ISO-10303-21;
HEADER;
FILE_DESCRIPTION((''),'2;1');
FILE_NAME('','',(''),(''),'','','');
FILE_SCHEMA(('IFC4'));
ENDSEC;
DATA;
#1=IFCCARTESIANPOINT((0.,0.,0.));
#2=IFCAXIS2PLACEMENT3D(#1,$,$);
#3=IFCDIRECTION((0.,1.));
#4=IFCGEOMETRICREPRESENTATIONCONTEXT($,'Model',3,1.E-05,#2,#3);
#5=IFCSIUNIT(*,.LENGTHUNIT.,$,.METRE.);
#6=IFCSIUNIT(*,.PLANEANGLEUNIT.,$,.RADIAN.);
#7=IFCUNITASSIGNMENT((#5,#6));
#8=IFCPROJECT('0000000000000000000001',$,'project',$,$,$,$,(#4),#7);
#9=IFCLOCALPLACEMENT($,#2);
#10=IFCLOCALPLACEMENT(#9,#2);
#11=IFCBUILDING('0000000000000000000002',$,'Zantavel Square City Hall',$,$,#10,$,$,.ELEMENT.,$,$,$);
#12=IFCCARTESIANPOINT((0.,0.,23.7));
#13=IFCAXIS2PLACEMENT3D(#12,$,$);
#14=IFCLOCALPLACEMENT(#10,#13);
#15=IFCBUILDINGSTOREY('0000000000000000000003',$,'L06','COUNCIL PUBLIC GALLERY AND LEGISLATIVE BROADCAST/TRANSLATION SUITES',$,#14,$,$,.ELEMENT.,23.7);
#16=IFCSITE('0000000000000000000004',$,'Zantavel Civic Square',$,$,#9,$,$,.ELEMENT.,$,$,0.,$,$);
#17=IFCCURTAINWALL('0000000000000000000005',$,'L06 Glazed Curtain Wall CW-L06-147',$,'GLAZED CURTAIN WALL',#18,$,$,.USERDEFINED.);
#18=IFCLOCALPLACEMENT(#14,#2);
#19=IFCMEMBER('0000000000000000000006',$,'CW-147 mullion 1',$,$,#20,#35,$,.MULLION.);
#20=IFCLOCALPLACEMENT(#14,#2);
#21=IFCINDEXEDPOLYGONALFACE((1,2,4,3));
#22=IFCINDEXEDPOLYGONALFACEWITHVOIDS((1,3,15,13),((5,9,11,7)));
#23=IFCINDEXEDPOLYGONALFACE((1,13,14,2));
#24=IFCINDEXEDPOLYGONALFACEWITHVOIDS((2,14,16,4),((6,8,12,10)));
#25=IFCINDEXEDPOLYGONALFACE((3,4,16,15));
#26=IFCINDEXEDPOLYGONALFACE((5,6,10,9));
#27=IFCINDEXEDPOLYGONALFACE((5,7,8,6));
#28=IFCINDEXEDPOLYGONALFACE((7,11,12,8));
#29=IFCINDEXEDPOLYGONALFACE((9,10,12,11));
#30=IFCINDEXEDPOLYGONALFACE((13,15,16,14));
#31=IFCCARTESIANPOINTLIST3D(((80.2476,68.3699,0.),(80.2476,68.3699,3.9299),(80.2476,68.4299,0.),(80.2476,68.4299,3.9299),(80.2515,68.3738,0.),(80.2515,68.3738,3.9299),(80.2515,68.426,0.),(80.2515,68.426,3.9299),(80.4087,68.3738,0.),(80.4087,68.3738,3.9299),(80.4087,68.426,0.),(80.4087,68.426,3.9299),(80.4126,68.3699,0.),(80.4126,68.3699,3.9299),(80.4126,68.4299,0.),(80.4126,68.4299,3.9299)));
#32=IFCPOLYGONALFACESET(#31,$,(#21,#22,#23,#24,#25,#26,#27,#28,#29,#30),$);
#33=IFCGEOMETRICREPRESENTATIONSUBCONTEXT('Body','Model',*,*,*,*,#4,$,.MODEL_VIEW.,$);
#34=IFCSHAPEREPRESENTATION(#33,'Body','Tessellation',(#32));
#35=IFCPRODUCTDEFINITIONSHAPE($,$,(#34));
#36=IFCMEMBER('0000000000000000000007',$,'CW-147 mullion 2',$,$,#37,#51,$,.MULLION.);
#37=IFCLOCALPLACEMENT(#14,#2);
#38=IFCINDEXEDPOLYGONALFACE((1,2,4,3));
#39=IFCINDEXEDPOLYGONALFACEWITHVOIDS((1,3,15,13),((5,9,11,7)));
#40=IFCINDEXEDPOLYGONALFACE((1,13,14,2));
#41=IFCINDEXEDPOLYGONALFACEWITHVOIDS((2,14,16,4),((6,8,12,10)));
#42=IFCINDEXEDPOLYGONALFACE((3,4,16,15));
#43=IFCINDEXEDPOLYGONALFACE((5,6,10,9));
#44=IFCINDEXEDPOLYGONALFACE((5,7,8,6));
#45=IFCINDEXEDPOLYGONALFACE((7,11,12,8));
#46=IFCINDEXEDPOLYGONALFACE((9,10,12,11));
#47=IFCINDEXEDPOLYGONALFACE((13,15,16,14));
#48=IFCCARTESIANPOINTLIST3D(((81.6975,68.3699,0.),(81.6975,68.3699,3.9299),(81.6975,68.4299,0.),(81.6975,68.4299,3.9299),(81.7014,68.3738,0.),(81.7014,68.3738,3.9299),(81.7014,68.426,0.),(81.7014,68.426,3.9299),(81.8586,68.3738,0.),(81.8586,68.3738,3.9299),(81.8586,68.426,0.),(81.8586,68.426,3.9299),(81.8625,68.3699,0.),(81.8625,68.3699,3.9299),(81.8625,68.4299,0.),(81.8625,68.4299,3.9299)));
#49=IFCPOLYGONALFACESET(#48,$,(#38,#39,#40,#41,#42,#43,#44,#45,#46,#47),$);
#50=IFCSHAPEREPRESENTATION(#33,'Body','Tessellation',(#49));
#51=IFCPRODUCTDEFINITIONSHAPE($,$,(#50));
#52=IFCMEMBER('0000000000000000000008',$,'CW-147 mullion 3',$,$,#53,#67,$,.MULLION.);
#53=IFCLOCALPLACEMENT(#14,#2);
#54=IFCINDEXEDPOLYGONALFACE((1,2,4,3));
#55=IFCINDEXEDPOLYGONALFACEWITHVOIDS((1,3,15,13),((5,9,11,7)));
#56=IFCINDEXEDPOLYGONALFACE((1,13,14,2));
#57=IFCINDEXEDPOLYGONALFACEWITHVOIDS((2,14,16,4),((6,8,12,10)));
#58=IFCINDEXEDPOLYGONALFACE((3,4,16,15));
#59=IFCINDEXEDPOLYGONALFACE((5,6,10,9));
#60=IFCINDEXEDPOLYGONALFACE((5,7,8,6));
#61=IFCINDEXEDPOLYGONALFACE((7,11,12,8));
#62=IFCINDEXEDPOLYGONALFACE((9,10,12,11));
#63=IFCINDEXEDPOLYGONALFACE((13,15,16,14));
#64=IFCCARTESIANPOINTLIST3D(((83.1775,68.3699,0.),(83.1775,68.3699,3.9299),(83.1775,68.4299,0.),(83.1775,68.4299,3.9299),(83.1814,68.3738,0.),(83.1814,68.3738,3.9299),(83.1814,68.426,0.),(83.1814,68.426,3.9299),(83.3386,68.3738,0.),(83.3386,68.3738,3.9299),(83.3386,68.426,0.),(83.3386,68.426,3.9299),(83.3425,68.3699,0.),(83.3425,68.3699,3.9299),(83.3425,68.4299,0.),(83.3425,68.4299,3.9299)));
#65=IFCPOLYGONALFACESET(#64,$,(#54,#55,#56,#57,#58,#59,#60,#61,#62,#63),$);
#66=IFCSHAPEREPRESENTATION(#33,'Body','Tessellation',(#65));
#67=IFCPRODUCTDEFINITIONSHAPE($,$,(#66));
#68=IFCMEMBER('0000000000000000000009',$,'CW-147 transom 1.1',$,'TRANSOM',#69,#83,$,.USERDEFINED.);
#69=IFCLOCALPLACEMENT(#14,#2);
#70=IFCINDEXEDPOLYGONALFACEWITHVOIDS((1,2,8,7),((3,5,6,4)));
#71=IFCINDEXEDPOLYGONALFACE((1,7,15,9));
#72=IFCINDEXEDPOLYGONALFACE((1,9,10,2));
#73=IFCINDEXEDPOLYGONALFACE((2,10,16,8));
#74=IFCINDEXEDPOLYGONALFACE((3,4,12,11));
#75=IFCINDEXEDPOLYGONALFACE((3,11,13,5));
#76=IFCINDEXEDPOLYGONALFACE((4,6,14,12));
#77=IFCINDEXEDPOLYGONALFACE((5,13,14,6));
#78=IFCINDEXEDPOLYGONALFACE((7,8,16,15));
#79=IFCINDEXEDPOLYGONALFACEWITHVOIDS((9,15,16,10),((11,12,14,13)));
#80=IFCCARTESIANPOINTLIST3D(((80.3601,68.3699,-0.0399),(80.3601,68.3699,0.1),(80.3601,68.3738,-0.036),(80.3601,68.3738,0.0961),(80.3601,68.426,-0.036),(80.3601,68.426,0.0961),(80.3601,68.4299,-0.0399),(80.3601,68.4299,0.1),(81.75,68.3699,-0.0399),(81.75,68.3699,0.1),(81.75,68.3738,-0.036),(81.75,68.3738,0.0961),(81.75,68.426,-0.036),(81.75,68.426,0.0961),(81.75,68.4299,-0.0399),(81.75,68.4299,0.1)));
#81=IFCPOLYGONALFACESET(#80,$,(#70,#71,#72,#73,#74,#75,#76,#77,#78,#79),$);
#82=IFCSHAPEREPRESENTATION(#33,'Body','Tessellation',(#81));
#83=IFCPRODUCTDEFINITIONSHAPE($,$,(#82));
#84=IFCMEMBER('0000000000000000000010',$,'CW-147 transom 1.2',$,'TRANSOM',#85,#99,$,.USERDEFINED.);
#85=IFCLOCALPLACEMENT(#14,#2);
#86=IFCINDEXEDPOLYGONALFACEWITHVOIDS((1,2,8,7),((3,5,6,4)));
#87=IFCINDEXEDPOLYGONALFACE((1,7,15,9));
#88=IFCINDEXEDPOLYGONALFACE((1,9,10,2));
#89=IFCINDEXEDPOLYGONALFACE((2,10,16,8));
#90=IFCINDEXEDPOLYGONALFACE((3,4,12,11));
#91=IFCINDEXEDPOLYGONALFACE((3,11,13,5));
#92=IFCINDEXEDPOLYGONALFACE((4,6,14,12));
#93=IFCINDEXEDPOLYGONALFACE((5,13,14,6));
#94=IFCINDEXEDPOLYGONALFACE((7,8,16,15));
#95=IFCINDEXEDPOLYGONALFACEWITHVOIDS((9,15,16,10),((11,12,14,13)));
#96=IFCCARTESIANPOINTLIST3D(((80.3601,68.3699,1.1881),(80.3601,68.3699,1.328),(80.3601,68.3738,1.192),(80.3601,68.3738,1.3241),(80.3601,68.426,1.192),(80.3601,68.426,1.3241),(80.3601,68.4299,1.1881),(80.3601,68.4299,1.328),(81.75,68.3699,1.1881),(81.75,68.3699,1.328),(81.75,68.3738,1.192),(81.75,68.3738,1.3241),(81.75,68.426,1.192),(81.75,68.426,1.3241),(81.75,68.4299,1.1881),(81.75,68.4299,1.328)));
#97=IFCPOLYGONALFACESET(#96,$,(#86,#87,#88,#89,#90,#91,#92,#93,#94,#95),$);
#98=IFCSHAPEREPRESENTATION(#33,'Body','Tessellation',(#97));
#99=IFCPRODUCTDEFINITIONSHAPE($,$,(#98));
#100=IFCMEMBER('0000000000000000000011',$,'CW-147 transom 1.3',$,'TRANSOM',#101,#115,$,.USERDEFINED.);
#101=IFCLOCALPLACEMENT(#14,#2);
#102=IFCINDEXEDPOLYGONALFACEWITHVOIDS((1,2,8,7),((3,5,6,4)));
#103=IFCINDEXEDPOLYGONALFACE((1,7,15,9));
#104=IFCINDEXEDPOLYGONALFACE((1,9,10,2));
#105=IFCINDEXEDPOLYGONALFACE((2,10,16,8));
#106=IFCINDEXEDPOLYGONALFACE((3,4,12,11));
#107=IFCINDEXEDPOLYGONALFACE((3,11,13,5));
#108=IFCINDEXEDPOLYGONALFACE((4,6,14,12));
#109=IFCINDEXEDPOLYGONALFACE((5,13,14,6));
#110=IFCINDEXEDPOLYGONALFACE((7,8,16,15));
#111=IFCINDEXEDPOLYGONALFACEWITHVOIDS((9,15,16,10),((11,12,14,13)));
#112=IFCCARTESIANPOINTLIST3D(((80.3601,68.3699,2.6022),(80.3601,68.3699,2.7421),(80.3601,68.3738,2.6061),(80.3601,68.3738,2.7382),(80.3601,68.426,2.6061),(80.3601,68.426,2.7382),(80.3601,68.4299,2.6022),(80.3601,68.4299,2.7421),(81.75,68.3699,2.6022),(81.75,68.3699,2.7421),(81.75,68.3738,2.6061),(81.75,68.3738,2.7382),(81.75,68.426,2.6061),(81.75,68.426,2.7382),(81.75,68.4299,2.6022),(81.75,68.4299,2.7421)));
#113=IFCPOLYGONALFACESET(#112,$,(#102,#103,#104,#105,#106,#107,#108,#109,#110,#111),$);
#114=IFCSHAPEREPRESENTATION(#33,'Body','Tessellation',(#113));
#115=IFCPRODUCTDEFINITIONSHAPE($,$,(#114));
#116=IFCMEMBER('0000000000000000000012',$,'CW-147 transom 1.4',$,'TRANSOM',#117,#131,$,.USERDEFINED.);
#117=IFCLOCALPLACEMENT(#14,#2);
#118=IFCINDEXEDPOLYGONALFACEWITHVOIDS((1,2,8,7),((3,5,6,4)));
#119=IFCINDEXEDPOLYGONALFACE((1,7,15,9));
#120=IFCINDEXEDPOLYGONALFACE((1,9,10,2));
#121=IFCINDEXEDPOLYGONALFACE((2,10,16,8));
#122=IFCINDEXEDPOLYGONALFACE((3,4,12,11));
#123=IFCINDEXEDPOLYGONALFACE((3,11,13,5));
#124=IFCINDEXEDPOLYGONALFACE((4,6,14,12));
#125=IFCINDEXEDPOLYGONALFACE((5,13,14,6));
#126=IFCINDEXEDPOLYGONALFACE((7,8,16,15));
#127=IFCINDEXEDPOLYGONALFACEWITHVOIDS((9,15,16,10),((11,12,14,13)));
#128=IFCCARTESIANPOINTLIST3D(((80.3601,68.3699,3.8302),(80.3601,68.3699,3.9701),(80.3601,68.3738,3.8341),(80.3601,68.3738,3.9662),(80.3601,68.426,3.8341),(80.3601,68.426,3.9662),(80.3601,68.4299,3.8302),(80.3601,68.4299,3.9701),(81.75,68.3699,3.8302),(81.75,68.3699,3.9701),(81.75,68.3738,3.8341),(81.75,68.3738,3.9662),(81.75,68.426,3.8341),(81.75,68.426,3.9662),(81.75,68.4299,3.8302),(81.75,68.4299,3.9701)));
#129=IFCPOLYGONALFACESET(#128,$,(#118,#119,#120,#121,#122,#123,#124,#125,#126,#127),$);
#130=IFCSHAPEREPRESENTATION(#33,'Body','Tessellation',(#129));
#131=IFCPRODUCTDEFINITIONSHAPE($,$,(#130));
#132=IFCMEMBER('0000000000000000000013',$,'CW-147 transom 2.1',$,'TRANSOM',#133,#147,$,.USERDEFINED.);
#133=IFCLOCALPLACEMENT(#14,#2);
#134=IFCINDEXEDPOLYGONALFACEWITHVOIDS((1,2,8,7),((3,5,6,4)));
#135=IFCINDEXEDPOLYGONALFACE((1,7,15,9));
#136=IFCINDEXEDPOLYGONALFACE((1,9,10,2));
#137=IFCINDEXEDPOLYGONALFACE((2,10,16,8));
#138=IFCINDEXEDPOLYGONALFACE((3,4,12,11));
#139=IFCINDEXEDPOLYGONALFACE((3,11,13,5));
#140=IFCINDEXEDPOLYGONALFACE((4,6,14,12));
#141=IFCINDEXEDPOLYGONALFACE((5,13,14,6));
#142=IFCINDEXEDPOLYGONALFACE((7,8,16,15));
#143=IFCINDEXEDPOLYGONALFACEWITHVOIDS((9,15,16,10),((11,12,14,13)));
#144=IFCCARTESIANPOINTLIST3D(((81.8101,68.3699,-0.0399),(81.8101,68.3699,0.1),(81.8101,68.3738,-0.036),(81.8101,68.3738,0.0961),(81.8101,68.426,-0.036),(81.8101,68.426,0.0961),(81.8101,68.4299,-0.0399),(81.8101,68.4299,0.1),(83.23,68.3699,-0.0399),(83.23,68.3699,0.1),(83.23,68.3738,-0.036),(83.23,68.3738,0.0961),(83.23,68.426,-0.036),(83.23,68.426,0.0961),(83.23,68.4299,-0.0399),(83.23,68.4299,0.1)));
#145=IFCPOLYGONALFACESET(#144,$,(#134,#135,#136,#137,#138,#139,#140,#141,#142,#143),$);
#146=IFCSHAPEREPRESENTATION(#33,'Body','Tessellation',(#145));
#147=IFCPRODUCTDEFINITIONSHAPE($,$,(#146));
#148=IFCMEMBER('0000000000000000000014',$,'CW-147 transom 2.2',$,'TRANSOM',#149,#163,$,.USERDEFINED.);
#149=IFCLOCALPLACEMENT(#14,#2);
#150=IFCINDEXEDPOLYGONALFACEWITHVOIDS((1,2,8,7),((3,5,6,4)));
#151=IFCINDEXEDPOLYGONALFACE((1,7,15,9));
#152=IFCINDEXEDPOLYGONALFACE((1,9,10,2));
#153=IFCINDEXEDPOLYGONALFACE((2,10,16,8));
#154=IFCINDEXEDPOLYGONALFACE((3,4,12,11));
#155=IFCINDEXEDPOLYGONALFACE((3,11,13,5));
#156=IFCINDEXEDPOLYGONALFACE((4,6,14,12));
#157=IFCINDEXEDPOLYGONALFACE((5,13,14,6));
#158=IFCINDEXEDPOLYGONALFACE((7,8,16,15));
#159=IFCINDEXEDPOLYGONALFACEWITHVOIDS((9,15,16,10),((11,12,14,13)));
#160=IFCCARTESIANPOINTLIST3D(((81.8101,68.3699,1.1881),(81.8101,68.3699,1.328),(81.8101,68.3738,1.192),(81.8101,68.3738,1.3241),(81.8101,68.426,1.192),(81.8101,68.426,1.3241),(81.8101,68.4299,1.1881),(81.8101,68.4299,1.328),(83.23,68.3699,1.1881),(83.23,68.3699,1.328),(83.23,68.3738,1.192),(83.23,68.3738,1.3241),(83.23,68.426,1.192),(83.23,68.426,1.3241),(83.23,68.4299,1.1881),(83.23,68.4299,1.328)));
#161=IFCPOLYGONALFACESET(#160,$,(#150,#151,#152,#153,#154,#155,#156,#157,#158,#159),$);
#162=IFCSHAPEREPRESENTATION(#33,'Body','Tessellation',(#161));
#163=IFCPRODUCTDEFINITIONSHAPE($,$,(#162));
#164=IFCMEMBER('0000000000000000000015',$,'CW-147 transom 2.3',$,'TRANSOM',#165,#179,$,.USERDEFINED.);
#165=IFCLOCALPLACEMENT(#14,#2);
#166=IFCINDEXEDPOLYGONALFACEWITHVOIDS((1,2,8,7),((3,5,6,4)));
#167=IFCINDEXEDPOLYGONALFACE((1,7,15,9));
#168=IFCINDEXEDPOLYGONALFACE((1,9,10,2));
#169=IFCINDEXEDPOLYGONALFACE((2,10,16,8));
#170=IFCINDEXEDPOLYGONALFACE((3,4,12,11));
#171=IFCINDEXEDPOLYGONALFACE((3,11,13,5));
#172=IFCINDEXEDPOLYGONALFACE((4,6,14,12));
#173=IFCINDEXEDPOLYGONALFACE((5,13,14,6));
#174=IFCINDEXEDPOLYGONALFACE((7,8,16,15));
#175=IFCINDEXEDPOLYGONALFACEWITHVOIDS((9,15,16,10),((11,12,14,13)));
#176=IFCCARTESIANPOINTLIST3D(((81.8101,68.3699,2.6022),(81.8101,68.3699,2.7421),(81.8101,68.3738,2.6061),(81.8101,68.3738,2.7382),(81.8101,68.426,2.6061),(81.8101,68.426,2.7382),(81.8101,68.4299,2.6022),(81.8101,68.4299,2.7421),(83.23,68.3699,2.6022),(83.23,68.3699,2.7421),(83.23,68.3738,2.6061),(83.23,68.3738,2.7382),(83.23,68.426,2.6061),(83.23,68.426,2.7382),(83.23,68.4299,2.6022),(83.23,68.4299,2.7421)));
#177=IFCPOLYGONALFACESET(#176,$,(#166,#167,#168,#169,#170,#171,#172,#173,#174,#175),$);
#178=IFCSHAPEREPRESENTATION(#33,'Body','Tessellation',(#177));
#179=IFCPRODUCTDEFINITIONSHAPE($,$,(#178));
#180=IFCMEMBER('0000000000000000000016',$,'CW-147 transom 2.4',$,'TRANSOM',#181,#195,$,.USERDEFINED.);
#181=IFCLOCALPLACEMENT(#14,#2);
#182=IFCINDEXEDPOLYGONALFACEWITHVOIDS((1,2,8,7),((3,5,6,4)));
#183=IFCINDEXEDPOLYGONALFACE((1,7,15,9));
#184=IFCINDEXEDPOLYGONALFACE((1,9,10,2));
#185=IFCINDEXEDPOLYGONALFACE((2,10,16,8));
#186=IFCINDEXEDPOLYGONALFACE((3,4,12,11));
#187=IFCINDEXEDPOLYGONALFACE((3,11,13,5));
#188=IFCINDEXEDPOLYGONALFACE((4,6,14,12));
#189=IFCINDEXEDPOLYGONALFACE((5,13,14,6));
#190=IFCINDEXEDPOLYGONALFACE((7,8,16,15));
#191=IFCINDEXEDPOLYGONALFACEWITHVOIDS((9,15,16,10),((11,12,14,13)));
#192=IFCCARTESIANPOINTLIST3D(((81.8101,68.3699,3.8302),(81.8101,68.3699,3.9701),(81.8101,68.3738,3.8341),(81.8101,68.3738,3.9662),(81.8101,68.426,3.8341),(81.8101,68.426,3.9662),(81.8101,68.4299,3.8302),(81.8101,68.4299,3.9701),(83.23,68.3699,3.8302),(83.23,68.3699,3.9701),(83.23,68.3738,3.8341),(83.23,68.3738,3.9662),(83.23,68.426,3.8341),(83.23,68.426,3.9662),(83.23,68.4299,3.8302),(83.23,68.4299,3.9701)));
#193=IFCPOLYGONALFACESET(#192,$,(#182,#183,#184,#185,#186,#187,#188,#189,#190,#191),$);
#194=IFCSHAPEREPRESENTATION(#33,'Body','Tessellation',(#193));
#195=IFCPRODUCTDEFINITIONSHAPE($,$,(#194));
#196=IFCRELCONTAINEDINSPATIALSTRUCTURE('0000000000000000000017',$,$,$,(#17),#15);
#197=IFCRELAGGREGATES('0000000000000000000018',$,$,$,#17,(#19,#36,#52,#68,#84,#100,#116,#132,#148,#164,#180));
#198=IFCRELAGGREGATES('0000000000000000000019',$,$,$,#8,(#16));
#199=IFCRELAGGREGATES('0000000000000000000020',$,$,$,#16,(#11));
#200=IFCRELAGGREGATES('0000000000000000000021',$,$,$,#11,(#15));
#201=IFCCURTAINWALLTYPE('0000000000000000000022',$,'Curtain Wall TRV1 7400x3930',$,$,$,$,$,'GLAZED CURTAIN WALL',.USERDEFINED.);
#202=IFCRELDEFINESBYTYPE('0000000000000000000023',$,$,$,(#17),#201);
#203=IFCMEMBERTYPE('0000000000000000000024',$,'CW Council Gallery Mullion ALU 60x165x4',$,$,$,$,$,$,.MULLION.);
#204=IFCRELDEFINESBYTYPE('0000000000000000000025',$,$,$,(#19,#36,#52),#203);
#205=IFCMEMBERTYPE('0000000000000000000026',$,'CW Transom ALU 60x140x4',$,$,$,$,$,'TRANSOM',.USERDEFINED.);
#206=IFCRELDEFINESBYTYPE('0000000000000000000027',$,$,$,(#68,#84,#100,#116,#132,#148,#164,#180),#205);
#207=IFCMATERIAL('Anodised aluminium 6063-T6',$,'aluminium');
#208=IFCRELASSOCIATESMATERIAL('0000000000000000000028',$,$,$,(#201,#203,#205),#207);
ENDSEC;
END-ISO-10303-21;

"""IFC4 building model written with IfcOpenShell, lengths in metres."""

from ifc_helpers import new_model, si_unit, direction, frame, origin, origin_2d, place, context, subcontext, project, spatial, hollow_rectangle, extrude, material, material_profile, profile_set, type_object, element, aggregate, save


model = new_model("IFC4")

# Units and contexts
model_context = context("Model", 3, precision=1e-05, world=origin(), true_north=direction((0.0, 1.0)))
body_context = subcontext(model_context, "Body", "Model", "MODEL_VIEW")
ifc_project = project(units=[si_unit("LENGTHUNIT", "METRE"), si_unit("PLANEANGLEUNIT", "RADIAN")], contexts=[model_context])

# Site, building, storey
site_placement = place(None, origin())
site = spatial("IfcSite", under=ifc_project, at=site_placement, Name="Zantavel Civic Square", CompositionType="ELEMENT", RefElevation=0.0)
building_placement = place(site_placement, origin())
building = spatial("IfcBuilding", under=site, at=building_placement, Name="Zantavel Square City Hall", CompositionType="ELEMENT")
storey_placement = place(building_placement, frame((0.0, 0.0, 23.7)))
storey = spatial("IfcBuildingStorey", under=building, at=storey_placement, Name="L06", Description="COUNCIL PUBLIC GALLERY AND LEGISLATIVE BROADCAST/TRANSLATION SUITES", CompositionType="ELEMENT", Elevation=23.7)

# Curtain wall, members
ifc_material_1 = material(Name="Anodised aluminium 6063-T6", Category="aluminium")
curtain_wall_type = type_object("IfcCurtainWallType", Name="Curtain Wall TRV1 7400x3930", ElementType="GLAZED CURTAIN WALL", PredefinedType="USERDEFINED", material=ifc_material_1)
curtain_wall_placement = place(storey_placement, origin())
curtain_wall = element("IfcCurtainWall", 1, at=curtain_wall_placement, inside=storey, type_object=curtain_wall_type, Name="L06 Glazed Curtain Wall CW-L06-147", ObjectType="GLAZED CURTAIN WALL", PredefinedType="USERDEFINED")
ifc_material_profile_1 = material_profile(ifc_material_1, hollow_rectangle(XDim=0.0601, YDim=0.165, WallThickness=0.0039, at=origin_2d()), Name="ALU 60x165x4")
ifc_profile_set_1 = profile_set([ifc_material_profile_1], Name="Anodised aluminium 6063-T6")
member_type_1 = type_object("IfcMemberType", Name="CW Council Gallery Mullion ALU 60x165x4", PredefinedType="MULLION", material=ifc_profile_set_1)
member_1_placement = place(storey_placement, frame((80.3301, 68.3999, 0.0), z_axis=(0.0, 0.0, 1.0), x_axis=(0.0, 1.0, 0.0)))
member_1 = element("IfcMember", 2, at=member_1_placement, type_object=member_type_1, Name="CW-147 mullion 1", PredefinedType="MULLION", context=body_context, shape_type="SweptSolid", body=[
    extrude(hollow_rectangle(XDim=0.0601, YDim=0.165, WallThickness=0.0039, at=origin_2d()), origin(), (0.0, 0.0, 1.0), 3.9299),
])
member_2_placement = place(storey_placement, frame((81.78, 68.3999, 0.0), z_axis=(0.0, 0.0, 1.0), x_axis=(0.0, 1.0, 0.0)))
member_2 = element("IfcMember", 3, at=member_2_placement, type_object=member_type_1, Name="CW-147 mullion 2", PredefinedType="MULLION", context=body_context, shape_type="SweptSolid", body=[
    extrude(hollow_rectangle(XDim=0.0601, YDim=0.165, WallThickness=0.0039, at=origin_2d()), origin(), (0.0, 0.0, 1.0), 3.9299),
])
member_3_placement = place(storey_placement, frame((83.26, 68.3999, 0.0), z_axis=(0.0, 0.0, 1.0), x_axis=(0.0, 1.0, 0.0)))
member_3 = element("IfcMember", 4, at=member_3_placement, type_object=member_type_1, Name="CW-147 mullion 3", PredefinedType="MULLION", context=body_context, shape_type="SweptSolid", body=[
    extrude(hollow_rectangle(XDim=0.0601, YDim=0.165, WallThickness=0.0039, at=origin_2d()), origin(), (0.0, 0.0, 1.0), 3.9299),
])
ifc_material_profile_2 = material_profile(ifc_material_1, hollow_rectangle(XDim=0.0601, YDim=0.1399, WallThickness=0.0039, at=origin_2d()), Name="ALU 60x140x4")
ifc_profile_set_2 = profile_set([ifc_material_profile_2], Name="Anodised aluminium 6063-T6")
member_type_2 = type_object("IfcMemberType", Name="CW Transom ALU 60x140x4", ElementType="TRANSOM", PredefinedType="USERDEFINED", material=ifc_profile_set_2)
member_4_placement = place(storey_placement, frame((80.3601, 68.3999, 0.03), z_axis=(1.0, 0.0, 0.0), x_axis=(0.0, 1.0, 0.0)))
member_4 = element("IfcMember", 5, at=member_4_placement, type_object=member_type_2, Name="CW-147 transom 1.1", ObjectType="TRANSOM", PredefinedType="USERDEFINED", context=body_context, shape_type="SweptSolid", body=[
    extrude(hollow_rectangle(XDim=0.0601, YDim=0.1399, WallThickness=0.0039, at=origin_2d()), origin(), (0.0, 0.0, 1.0), 1.3899),
])
member_5_placement = place(storey_placement, frame((80.3601, 68.3999, 1.2581), z_axis=(1.0, 0.0, 0.0), x_axis=(0.0, 1.0, 0.0)))
member_5 = element("IfcMember", 6, at=member_5_placement, type_object=member_type_2, Name="CW-147 transom 1.2", ObjectType="TRANSOM", PredefinedType="USERDEFINED", context=body_context, shape_type="SweptSolid", body=[
    extrude(hollow_rectangle(XDim=0.0601, YDim=0.1399, WallThickness=0.0039, at=origin_2d()), origin(), (0.0, 0.0, 1.0), 1.3899),
])
member_6_placement = place(storey_placement, frame((80.3601, 68.3999, 2.6721), z_axis=(1.0, 0.0, 0.0), x_axis=(0.0, 1.0, 0.0)))
member_6 = element("IfcMember", 7, at=member_6_placement, type_object=member_type_2, Name="CW-147 transom 1.3", ObjectType="TRANSOM", PredefinedType="USERDEFINED", context=body_context, shape_type="SweptSolid", body=[
    extrude(hollow_rectangle(XDim=0.0601, YDim=0.1399, WallThickness=0.0039, at=origin_2d()), origin(), (0.0, 0.0, 1.0), 1.3899),
])
member_7_placement = place(storey_placement, frame((80.3601, 68.3999, 3.9001), z_axis=(1.0, 0.0, 0.0), x_axis=(0.0, 1.0, 0.0)))
member_7 = element("IfcMember", 8, at=member_7_placement, type_object=member_type_2, Name="CW-147 transom 1.4", ObjectType="TRANSOM", PredefinedType="USERDEFINED", context=body_context, shape_type="SweptSolid", body=[
    extrude(hollow_rectangle(XDim=0.0601, YDim=0.1399, WallThickness=0.0039, at=origin_2d()), origin(), (0.0, 0.0, 1.0), 1.3899),
])
member_8_placement = place(storey_placement, frame((81.8101, 68.3999, 0.03), z_axis=(1.0, 0.0, 0.0), x_axis=(0.0, 1.0, 0.0)))
member_8 = element("IfcMember", 9, at=member_8_placement, type_object=member_type_2, Name="CW-147 transom 2.1", ObjectType="TRANSOM", PredefinedType="USERDEFINED", context=body_context, shape_type="SweptSolid", body=[
    extrude(hollow_rectangle(XDim=0.0601, YDim=0.1399, WallThickness=0.0039, at=origin_2d()), origin(), (0.0, 0.0, 1.0), 1.4199),
])
member_9_placement = place(storey_placement, frame((81.8101, 68.3999, 1.2581), z_axis=(1.0, 0.0, 0.0), x_axis=(0.0, 1.0, 0.0)))
member_9 = element("IfcMember", 10, at=member_9_placement, type_object=member_type_2, Name="CW-147 transom 2.2", ObjectType="TRANSOM", PredefinedType="USERDEFINED", context=body_context, shape_type="SweptSolid", body=[
    extrude(hollow_rectangle(XDim=0.0601, YDim=0.1399, WallThickness=0.0039, at=origin_2d()), origin(), (0.0, 0.0, 1.0), 1.4199),
])
member_10_placement = place(storey_placement, frame((81.8101, 68.3999, 2.6721), z_axis=(1.0, 0.0, 0.0), x_axis=(0.0, 1.0, 0.0)))
member_10 = element("IfcMember", 11, at=member_10_placement, type_object=member_type_2, Name="CW-147 transom 2.3", ObjectType="TRANSOM", PredefinedType="USERDEFINED", context=body_context, shape_type="SweptSolid", body=[
    extrude(hollow_rectangle(XDim=0.0601, YDim=0.1399, WallThickness=0.0039, at=origin_2d()), origin(), (0.0, 0.0, 1.0), 1.4199),
])
member_11_placement = place(storey_placement, frame((81.8101, 68.3999, 3.9001), z_axis=(1.0, 0.0, 0.0), x_axis=(0.0, 1.0, 0.0)))
member_11 = element("IfcMember", 12, at=member_11_placement, type_object=member_type_2, Name="CW-147 transom 2.4", ObjectType="TRANSOM", PredefinedType="USERDEFINED", context=body_context, shape_type="SweptSolid", body=[
    extrude(hollow_rectangle(XDim=0.0601, YDim=0.1399, WallThickness=0.0039, at=origin_2d()), origin(), (0.0, 0.0, 1.0), 1.4199),
])

aggregate(curtain_wall, [member_1, member_2, member_3, member_4, member_5, member_6, member_7, member_8, member_9, member_10, member_11])

save(model, "model.ifc")
